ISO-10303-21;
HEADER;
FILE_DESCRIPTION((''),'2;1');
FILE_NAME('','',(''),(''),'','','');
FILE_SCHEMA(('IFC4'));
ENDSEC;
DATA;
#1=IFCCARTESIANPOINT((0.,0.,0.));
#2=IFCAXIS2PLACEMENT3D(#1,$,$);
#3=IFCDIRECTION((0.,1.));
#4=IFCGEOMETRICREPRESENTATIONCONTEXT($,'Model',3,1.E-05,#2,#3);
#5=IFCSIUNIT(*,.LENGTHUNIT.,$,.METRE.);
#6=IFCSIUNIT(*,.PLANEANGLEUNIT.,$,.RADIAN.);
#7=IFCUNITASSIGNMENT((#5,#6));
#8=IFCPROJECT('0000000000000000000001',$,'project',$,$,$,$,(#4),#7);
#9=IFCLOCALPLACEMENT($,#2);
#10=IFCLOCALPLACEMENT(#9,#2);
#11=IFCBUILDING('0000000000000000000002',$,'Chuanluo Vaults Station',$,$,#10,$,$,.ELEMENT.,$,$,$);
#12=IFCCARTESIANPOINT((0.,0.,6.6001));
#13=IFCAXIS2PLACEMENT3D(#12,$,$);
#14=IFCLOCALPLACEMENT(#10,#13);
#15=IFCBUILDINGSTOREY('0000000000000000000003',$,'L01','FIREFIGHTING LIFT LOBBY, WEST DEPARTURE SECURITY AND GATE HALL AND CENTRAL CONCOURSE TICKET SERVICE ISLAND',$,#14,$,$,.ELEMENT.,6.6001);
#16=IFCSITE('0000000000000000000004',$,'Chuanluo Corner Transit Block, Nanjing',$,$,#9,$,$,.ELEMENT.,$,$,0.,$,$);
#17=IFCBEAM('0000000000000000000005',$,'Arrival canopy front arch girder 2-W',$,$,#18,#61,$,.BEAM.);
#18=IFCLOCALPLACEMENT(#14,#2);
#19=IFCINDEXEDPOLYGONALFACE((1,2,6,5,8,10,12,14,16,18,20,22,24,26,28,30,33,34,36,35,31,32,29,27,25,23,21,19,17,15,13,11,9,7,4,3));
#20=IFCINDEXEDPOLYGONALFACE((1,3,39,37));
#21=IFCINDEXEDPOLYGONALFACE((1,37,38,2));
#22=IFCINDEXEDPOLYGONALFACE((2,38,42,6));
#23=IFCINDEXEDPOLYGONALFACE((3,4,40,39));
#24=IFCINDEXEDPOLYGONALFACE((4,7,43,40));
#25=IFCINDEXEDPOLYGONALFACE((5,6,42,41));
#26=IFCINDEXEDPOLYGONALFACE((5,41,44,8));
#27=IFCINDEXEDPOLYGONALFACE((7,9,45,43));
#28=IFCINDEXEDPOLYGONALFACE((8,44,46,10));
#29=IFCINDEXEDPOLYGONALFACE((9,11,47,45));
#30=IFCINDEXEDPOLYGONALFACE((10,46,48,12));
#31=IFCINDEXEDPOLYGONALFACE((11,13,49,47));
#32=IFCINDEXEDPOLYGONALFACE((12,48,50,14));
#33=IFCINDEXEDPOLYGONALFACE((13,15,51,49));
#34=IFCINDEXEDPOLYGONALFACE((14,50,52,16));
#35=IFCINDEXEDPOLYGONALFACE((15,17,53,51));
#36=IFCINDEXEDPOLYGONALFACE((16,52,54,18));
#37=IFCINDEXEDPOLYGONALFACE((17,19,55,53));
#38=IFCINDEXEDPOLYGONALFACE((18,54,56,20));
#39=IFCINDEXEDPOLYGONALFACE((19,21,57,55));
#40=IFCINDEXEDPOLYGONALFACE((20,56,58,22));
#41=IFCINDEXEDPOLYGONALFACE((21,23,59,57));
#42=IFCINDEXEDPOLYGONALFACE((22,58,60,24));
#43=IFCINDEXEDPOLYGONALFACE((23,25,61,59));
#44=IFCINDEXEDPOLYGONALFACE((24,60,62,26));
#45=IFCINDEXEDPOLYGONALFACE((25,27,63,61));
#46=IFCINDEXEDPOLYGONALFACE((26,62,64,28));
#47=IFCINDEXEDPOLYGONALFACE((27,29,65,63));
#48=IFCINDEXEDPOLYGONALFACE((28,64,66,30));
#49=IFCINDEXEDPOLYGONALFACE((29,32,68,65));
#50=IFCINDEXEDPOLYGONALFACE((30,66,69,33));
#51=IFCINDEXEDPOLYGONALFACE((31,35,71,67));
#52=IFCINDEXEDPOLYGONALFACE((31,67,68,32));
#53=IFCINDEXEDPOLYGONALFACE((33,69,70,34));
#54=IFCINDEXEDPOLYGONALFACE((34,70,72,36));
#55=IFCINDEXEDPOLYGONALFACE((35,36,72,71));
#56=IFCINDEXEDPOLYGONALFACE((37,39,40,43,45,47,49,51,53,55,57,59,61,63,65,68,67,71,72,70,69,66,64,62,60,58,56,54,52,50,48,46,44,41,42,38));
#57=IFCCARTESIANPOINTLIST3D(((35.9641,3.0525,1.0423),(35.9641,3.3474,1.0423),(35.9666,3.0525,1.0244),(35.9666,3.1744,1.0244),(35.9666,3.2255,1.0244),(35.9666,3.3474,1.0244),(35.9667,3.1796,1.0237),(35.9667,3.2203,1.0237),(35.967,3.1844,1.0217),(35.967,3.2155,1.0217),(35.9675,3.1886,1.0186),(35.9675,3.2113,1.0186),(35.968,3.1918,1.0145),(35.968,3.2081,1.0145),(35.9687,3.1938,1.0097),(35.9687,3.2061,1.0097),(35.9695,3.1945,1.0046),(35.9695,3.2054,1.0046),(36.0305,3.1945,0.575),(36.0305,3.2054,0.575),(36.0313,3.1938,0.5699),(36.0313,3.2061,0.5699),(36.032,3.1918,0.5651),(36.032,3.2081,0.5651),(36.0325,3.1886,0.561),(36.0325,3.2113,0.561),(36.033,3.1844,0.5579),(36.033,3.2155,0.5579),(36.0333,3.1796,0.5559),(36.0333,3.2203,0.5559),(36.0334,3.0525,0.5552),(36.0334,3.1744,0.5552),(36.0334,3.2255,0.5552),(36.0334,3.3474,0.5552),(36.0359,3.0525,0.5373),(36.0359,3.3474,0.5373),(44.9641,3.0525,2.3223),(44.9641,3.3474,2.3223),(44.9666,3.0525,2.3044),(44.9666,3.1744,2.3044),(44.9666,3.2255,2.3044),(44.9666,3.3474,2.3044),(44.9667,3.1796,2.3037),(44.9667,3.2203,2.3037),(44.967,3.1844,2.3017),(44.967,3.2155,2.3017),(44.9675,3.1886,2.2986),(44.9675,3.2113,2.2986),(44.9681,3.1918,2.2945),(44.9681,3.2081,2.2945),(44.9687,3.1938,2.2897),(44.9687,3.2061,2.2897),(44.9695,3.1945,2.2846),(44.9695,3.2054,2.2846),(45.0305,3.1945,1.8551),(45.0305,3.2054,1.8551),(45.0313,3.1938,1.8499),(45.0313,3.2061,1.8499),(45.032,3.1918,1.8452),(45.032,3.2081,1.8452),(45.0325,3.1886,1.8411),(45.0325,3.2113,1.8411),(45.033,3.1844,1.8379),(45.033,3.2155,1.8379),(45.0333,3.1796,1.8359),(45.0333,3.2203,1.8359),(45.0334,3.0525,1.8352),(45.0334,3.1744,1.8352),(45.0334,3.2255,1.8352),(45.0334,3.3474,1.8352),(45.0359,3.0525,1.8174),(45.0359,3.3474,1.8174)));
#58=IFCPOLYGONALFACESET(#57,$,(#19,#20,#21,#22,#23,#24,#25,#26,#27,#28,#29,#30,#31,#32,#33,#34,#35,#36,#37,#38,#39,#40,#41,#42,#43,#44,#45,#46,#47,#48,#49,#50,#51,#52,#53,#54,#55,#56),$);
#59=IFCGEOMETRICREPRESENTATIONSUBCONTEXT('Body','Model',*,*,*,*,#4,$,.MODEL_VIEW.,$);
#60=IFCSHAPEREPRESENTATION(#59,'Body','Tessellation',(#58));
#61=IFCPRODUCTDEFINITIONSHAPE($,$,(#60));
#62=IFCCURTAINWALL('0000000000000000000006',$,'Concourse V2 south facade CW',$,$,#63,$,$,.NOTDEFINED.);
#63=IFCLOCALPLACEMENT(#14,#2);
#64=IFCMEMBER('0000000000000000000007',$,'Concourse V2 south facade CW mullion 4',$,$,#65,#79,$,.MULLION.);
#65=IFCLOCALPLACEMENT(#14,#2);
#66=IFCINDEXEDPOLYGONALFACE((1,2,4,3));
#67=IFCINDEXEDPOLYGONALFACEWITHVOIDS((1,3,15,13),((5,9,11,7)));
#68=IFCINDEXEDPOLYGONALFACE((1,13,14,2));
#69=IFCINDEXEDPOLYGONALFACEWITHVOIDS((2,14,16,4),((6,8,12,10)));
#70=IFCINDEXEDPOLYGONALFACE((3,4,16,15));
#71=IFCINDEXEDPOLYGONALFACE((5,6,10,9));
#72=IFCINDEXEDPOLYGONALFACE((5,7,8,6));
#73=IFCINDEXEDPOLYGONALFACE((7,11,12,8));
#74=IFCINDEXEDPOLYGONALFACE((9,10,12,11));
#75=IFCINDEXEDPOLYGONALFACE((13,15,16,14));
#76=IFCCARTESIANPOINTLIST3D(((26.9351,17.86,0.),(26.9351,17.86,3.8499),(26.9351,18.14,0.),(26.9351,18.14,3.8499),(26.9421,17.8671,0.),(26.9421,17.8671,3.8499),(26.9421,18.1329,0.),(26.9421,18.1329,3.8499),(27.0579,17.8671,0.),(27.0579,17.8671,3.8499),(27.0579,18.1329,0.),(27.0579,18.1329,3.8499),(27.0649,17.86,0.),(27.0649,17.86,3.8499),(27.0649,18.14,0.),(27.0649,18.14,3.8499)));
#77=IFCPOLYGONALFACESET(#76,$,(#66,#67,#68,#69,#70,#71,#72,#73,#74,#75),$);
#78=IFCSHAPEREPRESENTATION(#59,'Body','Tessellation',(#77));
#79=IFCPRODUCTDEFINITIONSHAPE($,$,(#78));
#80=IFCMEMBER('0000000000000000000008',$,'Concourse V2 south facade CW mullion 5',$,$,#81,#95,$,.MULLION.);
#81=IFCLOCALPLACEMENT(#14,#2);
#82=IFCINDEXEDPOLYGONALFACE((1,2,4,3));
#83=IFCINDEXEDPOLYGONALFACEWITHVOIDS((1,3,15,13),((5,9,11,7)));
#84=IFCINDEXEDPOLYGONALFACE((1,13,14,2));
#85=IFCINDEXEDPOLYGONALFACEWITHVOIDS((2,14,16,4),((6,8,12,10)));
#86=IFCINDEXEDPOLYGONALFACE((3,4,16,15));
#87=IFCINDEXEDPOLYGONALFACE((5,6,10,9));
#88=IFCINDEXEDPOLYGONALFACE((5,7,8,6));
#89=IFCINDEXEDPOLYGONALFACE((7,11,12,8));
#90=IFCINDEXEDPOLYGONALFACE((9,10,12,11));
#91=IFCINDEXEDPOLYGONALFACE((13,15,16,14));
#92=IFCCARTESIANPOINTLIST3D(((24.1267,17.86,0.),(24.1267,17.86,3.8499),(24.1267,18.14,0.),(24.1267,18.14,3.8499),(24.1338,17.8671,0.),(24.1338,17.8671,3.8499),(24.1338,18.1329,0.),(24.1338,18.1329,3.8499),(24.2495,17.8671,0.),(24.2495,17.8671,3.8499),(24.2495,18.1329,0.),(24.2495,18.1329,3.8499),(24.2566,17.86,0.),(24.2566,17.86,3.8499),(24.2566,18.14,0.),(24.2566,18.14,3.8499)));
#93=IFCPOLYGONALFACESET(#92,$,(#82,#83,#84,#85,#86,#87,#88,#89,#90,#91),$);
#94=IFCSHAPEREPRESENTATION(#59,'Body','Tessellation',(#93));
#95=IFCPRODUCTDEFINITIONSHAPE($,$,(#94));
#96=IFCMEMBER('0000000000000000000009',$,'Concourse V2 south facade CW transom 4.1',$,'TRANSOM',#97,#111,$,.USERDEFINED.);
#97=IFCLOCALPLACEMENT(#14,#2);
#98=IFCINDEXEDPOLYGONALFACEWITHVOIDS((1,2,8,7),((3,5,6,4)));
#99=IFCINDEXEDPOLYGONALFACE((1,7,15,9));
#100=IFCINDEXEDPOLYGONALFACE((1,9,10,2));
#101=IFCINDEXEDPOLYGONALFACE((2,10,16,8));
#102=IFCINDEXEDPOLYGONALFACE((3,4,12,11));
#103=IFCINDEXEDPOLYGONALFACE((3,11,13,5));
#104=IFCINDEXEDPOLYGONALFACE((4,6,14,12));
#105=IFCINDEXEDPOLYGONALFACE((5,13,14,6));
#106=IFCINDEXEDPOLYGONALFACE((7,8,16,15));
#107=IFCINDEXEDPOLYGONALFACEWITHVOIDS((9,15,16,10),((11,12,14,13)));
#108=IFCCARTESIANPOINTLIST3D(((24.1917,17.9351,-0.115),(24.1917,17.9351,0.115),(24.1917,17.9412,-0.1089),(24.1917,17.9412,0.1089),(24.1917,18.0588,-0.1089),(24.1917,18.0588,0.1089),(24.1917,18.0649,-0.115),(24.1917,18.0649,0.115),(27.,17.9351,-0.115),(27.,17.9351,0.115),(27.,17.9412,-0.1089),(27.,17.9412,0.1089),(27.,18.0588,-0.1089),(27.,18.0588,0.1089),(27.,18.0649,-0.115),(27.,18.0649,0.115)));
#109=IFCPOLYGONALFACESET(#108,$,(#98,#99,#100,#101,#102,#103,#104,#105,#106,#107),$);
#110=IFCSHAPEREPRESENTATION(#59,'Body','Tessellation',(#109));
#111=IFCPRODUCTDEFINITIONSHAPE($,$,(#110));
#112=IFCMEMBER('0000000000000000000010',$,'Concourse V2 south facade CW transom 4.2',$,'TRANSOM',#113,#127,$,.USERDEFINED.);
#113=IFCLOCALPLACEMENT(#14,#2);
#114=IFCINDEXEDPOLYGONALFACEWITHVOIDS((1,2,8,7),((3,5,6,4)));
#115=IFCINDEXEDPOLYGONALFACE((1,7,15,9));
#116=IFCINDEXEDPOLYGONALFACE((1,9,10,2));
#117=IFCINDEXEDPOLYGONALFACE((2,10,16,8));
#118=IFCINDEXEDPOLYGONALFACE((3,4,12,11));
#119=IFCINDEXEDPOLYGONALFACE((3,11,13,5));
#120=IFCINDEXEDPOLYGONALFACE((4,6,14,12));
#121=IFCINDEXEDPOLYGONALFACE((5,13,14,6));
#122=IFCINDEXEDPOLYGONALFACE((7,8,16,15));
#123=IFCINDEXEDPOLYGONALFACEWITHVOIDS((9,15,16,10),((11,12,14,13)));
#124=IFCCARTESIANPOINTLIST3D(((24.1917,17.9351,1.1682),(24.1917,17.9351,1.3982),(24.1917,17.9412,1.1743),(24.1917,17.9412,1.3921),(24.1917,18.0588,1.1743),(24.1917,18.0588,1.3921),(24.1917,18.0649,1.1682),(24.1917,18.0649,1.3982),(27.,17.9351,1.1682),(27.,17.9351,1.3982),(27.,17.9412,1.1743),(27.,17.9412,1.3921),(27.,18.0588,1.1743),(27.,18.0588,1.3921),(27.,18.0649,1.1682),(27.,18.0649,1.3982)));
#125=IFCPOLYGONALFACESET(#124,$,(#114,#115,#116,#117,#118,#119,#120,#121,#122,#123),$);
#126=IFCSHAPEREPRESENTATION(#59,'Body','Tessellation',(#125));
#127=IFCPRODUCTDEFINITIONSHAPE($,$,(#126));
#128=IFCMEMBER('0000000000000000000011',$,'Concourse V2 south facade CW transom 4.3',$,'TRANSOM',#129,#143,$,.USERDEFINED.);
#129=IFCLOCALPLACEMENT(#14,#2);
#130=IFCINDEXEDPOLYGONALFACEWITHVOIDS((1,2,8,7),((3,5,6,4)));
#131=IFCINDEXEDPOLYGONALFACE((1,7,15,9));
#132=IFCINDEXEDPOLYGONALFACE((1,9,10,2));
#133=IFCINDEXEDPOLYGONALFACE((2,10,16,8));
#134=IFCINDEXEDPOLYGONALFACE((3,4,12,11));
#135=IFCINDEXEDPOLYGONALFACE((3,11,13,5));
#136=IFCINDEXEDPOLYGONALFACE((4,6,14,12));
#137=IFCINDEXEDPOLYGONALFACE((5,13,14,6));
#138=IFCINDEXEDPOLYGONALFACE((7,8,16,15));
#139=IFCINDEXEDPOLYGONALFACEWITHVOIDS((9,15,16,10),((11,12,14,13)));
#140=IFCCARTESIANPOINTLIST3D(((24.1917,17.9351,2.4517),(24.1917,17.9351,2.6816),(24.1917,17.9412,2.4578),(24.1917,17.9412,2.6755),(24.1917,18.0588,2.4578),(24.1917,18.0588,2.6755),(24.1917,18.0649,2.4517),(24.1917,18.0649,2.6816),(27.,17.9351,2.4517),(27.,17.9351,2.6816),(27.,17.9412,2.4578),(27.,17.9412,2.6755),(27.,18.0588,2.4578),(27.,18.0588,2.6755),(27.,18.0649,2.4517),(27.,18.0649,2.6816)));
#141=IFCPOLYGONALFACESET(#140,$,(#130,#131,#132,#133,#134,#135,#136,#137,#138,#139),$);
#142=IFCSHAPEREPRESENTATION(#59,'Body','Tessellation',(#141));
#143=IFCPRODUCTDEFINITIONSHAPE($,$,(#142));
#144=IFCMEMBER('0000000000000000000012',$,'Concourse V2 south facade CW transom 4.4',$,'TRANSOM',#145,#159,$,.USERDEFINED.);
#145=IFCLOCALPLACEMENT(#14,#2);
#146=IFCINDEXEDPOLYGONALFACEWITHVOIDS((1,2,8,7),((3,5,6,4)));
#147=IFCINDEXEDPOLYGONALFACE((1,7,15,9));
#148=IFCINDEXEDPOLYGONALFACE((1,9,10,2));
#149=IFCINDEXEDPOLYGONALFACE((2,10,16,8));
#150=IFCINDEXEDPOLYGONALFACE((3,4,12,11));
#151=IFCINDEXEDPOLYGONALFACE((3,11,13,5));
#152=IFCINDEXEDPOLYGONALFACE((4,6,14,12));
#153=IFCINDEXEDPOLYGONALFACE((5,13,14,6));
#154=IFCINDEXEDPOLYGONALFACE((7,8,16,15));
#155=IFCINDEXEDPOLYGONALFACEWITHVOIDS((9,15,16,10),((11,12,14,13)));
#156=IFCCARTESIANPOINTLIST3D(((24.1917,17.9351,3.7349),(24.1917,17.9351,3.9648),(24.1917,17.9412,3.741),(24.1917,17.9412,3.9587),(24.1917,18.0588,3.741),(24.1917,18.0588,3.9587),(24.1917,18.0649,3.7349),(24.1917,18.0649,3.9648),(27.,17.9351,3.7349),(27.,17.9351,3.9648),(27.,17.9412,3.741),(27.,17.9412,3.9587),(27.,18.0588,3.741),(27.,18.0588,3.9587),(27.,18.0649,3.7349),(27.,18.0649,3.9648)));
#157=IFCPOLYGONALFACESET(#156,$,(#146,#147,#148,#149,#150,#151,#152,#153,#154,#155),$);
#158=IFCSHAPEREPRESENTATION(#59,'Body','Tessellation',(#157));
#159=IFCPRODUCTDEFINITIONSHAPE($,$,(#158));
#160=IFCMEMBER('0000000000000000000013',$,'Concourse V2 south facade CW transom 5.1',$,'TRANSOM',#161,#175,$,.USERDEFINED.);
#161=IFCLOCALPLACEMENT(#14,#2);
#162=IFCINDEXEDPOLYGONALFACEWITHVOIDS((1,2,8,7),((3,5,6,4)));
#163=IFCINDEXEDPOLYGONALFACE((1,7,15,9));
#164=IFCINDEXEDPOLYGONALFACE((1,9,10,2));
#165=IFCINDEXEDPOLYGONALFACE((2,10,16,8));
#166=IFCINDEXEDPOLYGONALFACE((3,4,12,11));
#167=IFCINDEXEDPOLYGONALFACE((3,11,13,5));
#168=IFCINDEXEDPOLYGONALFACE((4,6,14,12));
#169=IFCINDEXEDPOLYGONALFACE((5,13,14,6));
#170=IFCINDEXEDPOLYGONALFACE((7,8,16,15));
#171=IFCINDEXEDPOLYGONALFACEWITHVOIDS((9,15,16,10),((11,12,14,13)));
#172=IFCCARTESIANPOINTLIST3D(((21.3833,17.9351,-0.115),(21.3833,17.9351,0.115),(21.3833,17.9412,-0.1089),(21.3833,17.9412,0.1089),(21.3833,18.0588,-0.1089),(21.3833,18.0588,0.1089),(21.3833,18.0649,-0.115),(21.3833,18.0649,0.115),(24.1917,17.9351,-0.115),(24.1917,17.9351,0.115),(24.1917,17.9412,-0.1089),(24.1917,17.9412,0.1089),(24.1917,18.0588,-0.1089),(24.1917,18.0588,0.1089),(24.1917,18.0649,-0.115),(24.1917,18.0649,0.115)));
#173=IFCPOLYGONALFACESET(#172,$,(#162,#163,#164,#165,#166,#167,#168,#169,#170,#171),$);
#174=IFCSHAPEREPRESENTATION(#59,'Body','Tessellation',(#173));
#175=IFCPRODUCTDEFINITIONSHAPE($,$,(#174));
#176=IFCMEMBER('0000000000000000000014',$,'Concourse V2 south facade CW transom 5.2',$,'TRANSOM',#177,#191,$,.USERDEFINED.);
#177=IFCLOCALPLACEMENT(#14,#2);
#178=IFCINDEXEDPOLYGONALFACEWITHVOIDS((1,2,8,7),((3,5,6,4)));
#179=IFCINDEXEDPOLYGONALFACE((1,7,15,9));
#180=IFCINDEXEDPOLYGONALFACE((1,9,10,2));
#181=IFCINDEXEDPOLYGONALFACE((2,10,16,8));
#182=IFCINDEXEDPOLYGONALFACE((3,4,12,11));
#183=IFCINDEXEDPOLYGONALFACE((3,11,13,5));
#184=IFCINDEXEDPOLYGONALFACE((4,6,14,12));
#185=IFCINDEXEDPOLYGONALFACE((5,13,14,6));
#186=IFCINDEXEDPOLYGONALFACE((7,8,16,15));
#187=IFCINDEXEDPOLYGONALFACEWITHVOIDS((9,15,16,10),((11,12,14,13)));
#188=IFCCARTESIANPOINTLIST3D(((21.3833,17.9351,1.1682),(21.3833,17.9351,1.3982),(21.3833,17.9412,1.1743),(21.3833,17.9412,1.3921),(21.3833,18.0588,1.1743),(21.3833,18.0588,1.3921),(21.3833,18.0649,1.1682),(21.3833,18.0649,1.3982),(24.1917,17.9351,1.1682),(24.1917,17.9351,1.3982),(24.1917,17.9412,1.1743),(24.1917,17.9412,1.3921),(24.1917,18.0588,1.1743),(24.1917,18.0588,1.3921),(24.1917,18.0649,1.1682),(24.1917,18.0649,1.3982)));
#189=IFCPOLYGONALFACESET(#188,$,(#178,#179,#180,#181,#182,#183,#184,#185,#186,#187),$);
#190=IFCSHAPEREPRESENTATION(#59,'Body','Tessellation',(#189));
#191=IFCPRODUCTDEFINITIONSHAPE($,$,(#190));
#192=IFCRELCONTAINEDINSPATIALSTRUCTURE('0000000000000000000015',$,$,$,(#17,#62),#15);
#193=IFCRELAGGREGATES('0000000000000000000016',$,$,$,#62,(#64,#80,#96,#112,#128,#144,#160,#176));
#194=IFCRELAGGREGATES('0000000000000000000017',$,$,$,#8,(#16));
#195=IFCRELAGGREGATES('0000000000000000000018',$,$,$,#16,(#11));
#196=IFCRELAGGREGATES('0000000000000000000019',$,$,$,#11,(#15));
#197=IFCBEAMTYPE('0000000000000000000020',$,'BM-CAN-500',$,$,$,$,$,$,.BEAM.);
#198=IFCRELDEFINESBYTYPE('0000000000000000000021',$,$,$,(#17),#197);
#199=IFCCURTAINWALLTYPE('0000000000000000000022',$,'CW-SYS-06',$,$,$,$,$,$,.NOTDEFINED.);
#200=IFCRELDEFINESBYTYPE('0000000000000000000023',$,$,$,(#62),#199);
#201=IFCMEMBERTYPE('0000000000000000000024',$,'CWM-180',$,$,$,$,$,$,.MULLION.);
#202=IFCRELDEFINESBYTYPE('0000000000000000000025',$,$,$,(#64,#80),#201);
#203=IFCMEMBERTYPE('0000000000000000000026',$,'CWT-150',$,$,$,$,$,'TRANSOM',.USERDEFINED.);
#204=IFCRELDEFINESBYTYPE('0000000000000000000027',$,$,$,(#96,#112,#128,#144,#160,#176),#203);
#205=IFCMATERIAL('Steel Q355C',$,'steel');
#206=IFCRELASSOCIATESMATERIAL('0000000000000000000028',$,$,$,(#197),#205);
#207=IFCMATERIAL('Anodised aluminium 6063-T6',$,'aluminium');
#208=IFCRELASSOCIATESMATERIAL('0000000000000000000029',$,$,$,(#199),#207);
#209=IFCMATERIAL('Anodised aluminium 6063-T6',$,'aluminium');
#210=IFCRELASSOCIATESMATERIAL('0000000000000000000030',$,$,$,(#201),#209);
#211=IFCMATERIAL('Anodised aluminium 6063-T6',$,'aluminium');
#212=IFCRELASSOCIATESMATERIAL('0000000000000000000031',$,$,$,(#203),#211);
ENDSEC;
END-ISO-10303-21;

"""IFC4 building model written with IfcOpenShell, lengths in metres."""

from ifc_helpers import new_model, si_unit, direction, frame, origin, origin_2d, place, context, subcontext, project, spatial, hollow_rectangle, i_section, extrude, material, material_profile, profile_set, type_object, element, aggregate, save


model = new_model("IFC4")

# Units and contexts
model_context = context("Model", 3, precision=1e-05, world=origin(), true_north=direction((0.0, 1.0)))
body_context = subcontext(model_context, "Body", "Model", "MODEL_VIEW")
ifc_project = project(units=[si_unit("LENGTHUNIT", "METRE"), si_unit("PLANEANGLEUNIT", "RADIAN")], contexts=[model_context])

# Site, building, storey
site_placement = place(None, origin())
site = spatial("IfcSite", under=ifc_project, at=site_placement, Name="Chuanluo Corner Transit Block, Nanjing", CompositionType="ELEMENT", RefElevation=0.0)
building_placement = place(site_placement, origin())
building = spatial("IfcBuilding", under=site, at=building_placement, Name="Chuanluo Vaults Station", CompositionType="ELEMENT")
storey_placement = place(building_placement, frame((0.0, 0.0, 6.6001)))
storey = spatial("IfcBuildingStorey", under=building, at=storey_placement, Name="L01", Description="FIREFIGHTING LIFT LOBBY, WEST DEPARTURE SECURITY AND GATE HALL AND CENTRAL CONCOURSE TICKET SERVICE ISLAND", CompositionType="ELEMENT", Elevation=6.6001)

# Beam
ifc_material_1 = material(Name="Steel Q355C", Category="steel")
ifc_material_profile_1 = material_profile(ifc_material_1, i_section(OverallWidth=0.2949, OverallDepth=0.51, WebThickness=0.011, FlangeThickness=0.0181, FilletRadius=0.02, at=origin_2d()))
ifc_profile_set_1 = profile_set([ifc_material_profile_1], Name="Steel Q355C")
beam_type = type_object("IfcBeamType", Name="BM-CAN-500", PredefinedType="BEAM", material=ifc_profile_set_1)
for number, where, z_axis, x_axis, name in (
    (1, (36.0, 3.2, 0.7898), (0.990037, 0.0, 0.140808), (0.0, 1.0, 0.0), "Arrival canopy front arch girder 2-W"),
):
    element("IfcBeam", number, at=place(storey_placement, frame(where, z_axis=z_axis, x_axis=x_axis)), inside=storey, type_object=beam_type, Name=name, PredefinedType="BEAM", context=body_context, shape_type="SweptSolid", body=[
        extrude(i_section(OverallWidth=0.2949, OverallDepth=0.51, WebThickness=0.011, FlangeThickness=0.0181, FilletRadius=0.02, at=origin_2d()), origin(), (0.0, 0.0, 1.0), 9.0906),
    ])

# Curtain wall, members
ifc_material_2 = material(Name="Anodised aluminium 6063-T6", Category="aluminium")
curtain_wall_type = type_object("IfcCurtainWallType", Name="CW-SYS-06", PredefinedType="NOTDEFINED", material=ifc_material_2)
curtain_wall_placement = place(storey_placement, origin())
curtain_wall = element("IfcCurtainWall", 2, at=curtain_wall_placement, inside=storey, type_object=curtain_wall_type, Name="Concourse V2 south facade CW", PredefinedType="NOTDEFINED")
ifc_material_3 = material(Name="Anodised aluminium 6063-T6", Category="aluminium")
ifc_material_profile_2 = material_profile(ifc_material_3, hollow_rectangle(XDim=0.1299, YDim=0.28, WallThickness=0.0071, at=origin_2d()))
ifc_profile_set_2 = profile_set([ifc_material_profile_2], Name="Anodised aluminium 6063-T6")
member_type_1 = type_object("IfcMemberType", Name="CWM-180", PredefinedType="MULLION", material=ifc_profile_set_2)
member_1_placement = place(storey_placement, frame((27.0, 18.0, 0.0), z_axis=(0.0, 0.0, 1.0), x_axis=(-1.0, 0.0, 0.0)))
member_1 = element("IfcMember", 3, at=member_1_placement, type_object=member_type_1, Name="Concourse V2 south facade CW mullion 4", PredefinedType="MULLION", context=body_context, shape_type="SweptSolid", body=[
    extrude(hollow_rectangle(XDim=0.1299, YDim=0.28, WallThickness=0.0071, at=origin_2d()), origin(), (0.0, 0.0, 1.0), 3.8499),
])
member_2_placement = place(storey_placement, frame((24.1917, 18.0, 0.0), z_axis=(0.0, 0.0, 1.0), x_axis=(-1.0, 0.0, 0.0)))
member_2 = element("IfcMember", 4, at=member_2_placement, type_object=member_type_1, Name="Concourse V2 south facade CW mullion 5", PredefinedType="MULLION", context=body_context, shape_type="SweptSolid", body=[
    extrude(hollow_rectangle(XDim=0.1299, YDim=0.28, WallThickness=0.0071, at=origin_2d()), origin(), (0.0, 0.0, 1.0), 3.8499),
])
ifc_material_4 = material(Name="Anodised aluminium 6063-T6", Category="aluminium")
ifc_material_profile_3 = material_profile(ifc_material_4, hollow_rectangle(XDim=0.1299, YDim=0.23, WallThickness=0.0061, at=origin_2d()))
ifc_profile_set_3 = profile_set([ifc_material_profile_3], Name="Anodised aluminium 6063-T6")
member_type_2 = type_object("IfcMemberType", Name="CWT-150", ElementType="TRANSOM", PredefinedType="USERDEFINED", material=ifc_profile_set_3)
member_3_placement = place(storey_placement, frame((27.0, 18.0, 0.0), z_axis=(-1.0, 0.0, 0.0), x_axis=(0.0, -1.0, 0.0)))
member_3 = element("IfcMember", 5, at=member_3_placement, type_object=member_type_2, Name="Concourse V2 south facade CW transom 4.1", ObjectType="TRANSOM", PredefinedType="USERDEFINED", context=body_context, shape_type="SweptSolid", body=[
    extrude(hollow_rectangle(XDim=0.1299, YDim=0.23, WallThickness=0.0061, at=origin_2d()), origin(), (0.0, 0.0, 1.0), 2.8083),
])
member_4_placement = place(storey_placement, frame((27.0, 18.0, 1.2832), z_axis=(-1.0, 0.0, 0.0), x_axis=(0.0, -1.0, 0.0)))
member_4 = element("IfcMember", 6, at=member_4_placement, type_object=member_type_2, Name="Concourse V2 south facade CW transom 4.2", ObjectType="TRANSOM", PredefinedType="USERDEFINED", context=body_context, shape_type="SweptSolid", body=[
    extrude(hollow_rectangle(XDim=0.1299, YDim=0.23, WallThickness=0.0061, at=origin_2d()), origin(), (0.0, 0.0, 1.0), 2.8083),
])
member_5_placement = place(storey_placement, frame((27.0, 18.0, 2.5667), z_axis=(-1.0, 0.0, 0.0), x_axis=(0.0, -1.0, 0.0)))
member_5 = element("IfcMember", 7, at=member_5_placement, type_object=member_type_2, Name="Concourse V2 south facade CW transom 4.3", ObjectType="TRANSOM", PredefinedType="USERDEFINED", context=body_context, shape_type="SweptSolid", body=[
    extrude(hollow_rectangle(XDim=0.1299, YDim=0.23, WallThickness=0.0061, at=origin_2d()), origin(), (0.0, 0.0, 1.0), 2.8083),
])
member_6_placement = place(storey_placement, frame((27.0, 18.0, 3.8499), z_axis=(-1.0, 0.0, 0.0), x_axis=(0.0, -1.0, 0.0)))
member_6 = element("IfcMember", 8, at=member_6_placement, type_object=member_type_2, Name="Concourse V2 south facade CW transom 4.4", ObjectType="TRANSOM", PredefinedType="USERDEFINED", context=body_context, shape_type="SweptSolid", body=[
    extrude(hollow_rectangle(XDim=0.1299, YDim=0.23, WallThickness=0.0061, at=origin_2d()), origin(), (0.0, 0.0, 1.0), 2.8083),
])
member_7_placement = place(storey_placement, frame((24.1917, 18.0, 0.0), z_axis=(-1.0, 0.0, 0.0), x_axis=(0.0, -1.0, 0.0)))
member_7 = element("IfcMember", 9, at=member_7_placement, type_object=member_type_2, Name="Concourse V2 south facade CW transom 5.1", ObjectType="TRANSOM", PredefinedType="USERDEFINED", context=body_context, shape_type="SweptSolid", body=[
    extrude(hollow_rectangle(XDim=0.1299, YDim=0.23, WallThickness=0.0061, at=origin_2d()), origin(), (0.0, 0.0, 1.0), 2.8083),
])
member_8_placement = place(storey_placement, frame((24.1917, 18.0, 1.2832), z_axis=(-1.0, 0.0, 0.0), x_axis=(0.0, -1.0, 0.0)))
member_8 = element("IfcMember", 10, at=member_8_placement, type_object=member_type_2, Name="Concourse V2 south facade CW transom 5.2", ObjectType="TRANSOM", PredefinedType="USERDEFINED", context=body_context, shape_type="SweptSolid", body=[
    extrude(hollow_rectangle(XDim=0.1299, YDim=0.23, WallThickness=0.0061, at=origin_2d()), origin(), (0.0, 0.0, 1.0), 2.8083),
])

aggregate(curtain_wall, [member_1, member_2, member_3, member_4, member_5, member_6, member_7, member_8])

save(model, "model.ifc")
